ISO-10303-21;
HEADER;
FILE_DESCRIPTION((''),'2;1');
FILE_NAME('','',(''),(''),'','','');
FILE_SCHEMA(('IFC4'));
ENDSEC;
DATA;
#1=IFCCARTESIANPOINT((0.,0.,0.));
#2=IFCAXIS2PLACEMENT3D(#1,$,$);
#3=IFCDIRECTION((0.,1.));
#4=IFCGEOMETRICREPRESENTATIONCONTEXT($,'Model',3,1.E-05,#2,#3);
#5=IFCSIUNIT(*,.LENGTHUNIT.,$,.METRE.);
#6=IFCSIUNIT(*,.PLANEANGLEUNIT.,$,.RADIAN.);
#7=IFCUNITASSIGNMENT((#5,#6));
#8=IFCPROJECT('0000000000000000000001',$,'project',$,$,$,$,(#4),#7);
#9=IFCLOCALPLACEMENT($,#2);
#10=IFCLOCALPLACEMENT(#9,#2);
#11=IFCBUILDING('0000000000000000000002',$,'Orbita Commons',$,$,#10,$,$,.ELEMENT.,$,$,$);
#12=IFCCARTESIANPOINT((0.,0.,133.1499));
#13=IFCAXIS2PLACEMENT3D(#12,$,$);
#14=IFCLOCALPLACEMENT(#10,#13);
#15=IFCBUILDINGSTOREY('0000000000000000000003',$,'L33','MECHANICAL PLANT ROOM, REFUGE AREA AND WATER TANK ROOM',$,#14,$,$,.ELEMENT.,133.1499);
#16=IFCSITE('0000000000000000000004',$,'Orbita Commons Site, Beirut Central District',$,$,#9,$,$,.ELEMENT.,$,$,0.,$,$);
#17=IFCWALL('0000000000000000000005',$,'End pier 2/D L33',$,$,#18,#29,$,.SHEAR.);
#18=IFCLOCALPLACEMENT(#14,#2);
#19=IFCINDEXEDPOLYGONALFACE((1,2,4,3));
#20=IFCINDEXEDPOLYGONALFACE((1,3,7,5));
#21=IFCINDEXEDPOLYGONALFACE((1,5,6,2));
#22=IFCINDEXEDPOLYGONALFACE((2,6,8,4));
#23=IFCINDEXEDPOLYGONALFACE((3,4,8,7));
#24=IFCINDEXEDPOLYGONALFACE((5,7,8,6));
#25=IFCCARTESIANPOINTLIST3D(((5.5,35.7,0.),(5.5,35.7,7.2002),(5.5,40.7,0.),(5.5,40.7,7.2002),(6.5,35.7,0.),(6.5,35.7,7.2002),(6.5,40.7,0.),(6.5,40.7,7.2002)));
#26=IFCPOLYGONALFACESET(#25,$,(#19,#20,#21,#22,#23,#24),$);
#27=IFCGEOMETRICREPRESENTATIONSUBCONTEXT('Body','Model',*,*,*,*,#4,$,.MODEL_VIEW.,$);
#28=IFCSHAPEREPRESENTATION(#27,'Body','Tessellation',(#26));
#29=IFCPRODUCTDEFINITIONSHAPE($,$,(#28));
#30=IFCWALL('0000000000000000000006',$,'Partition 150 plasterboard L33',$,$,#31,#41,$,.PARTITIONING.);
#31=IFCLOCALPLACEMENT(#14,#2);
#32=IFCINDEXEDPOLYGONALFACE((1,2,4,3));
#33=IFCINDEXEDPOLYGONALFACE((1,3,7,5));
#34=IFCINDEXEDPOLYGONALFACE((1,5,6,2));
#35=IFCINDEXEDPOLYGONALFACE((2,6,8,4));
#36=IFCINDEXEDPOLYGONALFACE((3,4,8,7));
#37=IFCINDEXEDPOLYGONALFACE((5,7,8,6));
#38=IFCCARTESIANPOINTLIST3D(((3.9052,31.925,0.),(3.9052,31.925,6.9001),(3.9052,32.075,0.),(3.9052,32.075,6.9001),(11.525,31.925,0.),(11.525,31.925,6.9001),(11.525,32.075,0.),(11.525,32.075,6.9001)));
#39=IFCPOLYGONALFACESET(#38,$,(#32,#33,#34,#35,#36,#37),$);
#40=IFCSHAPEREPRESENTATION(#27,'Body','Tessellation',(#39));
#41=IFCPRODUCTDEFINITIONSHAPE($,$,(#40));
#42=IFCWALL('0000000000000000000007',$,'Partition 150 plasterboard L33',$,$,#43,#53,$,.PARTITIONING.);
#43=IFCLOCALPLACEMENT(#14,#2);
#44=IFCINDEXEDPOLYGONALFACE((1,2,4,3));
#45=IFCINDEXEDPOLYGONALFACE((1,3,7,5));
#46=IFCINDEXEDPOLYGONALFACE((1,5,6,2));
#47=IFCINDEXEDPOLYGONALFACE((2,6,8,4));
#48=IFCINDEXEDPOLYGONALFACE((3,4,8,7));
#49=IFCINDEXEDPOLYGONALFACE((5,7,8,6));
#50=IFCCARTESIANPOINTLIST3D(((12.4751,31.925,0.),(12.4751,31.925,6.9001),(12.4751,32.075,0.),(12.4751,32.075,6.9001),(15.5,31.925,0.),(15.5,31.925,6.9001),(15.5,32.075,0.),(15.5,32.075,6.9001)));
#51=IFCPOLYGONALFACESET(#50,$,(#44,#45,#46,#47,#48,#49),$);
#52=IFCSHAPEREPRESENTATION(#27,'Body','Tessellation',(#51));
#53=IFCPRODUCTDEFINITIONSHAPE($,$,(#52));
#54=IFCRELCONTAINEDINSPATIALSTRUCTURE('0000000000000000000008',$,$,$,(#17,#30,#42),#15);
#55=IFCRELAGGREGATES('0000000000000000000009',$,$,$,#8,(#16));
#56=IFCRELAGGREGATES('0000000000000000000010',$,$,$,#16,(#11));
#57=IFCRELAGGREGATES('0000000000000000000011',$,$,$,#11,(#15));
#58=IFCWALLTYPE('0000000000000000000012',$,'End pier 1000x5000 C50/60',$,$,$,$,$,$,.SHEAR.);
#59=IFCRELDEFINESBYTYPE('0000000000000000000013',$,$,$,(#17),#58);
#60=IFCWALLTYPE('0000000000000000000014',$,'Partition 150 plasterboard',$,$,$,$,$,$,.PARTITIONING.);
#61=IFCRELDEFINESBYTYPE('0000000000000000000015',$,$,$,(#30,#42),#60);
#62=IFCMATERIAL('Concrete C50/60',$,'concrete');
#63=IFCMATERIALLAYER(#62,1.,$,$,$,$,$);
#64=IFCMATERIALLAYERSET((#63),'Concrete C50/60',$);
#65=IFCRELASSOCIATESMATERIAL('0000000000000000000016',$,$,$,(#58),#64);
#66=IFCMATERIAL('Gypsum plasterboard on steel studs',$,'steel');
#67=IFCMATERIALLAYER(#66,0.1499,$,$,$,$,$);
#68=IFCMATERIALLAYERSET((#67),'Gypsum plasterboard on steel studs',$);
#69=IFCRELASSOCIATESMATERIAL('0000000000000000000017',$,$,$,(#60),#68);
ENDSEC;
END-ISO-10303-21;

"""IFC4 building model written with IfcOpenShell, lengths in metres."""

from ifc_helpers import new_model, si_unit, direction, frame, frame_2d, origin, place, context, subcontext, project, spatial, rectangle, extrude, material, layer, layer_set, type_object, element, save


model = new_model("IFC4")

# Units and contexts
model_context = context("Model", 3, precision=1e-05, world=origin(), true_north=direction((0.0, 1.0)))
body_context = subcontext(model_context, "Body", "Model", "MODEL_VIEW")
ifc_project = project(units=[si_unit("LENGTHUNIT", "METRE"), si_unit("PLANEANGLEUNIT", "RADIAN")], contexts=[model_context])

# Site, building, storey
site_placement = place(None, origin())
site = spatial("IfcSite", under=ifc_project, at=site_placement, Name="Orbita Commons Site, Beirut Central District", CompositionType="ELEMENT", RefElevation=0.0)
building_placement = place(site_placement, origin())
building = spatial("IfcBuilding", under=site, at=building_placement, Name="Orbita Commons", CompositionType="ELEMENT")
storey_placement = place(building_placement, frame((0.0, 0.0, 133.1499)))
storey = spatial("IfcBuildingStorey", under=building, at=storey_placement, Name="L33", Description="MECHANICAL PLANT ROOM, REFUGE AREA AND WATER TANK ROOM", CompositionType="ELEMENT", Elevation=133.1499)

# Walls
ifc_material_1 = material(Name="Concrete C50/60", Category="concrete")
ifc_layer_1 = layer(ifc_material_1, 1.0)
ifc_layer_set_1 = layer_set([ifc_layer_1], Name="Concrete C50/60")
wall_type_1 = type_object("IfcWallType", Name="End pier 1000x5000 C50/60", PredefinedType="SHEAR", material=ifc_layer_set_1)
wall_1_placement = place(storey_placement, frame((6.0, 35.7, 0.0), z_axis=(0.0, 0.0, 1.0), x_axis=(0.0, 1.0, 0.0)))
element("IfcWall", 1, at=wall_1_placement, inside=storey, type_object=wall_type_1, Name="End pier 2/D L33", PredefinedType="SHEAR", context=body_context, shape_type="SweptSolid", body=[
    extrude(rectangle(XDim=5.0, YDim=1.0, at=frame_2d((2.5, 0.0))), origin(), (0.0, 0.0, 1.0), 7.2002),
])
ifc_material_2 = material(Name="Gypsum plasterboard on steel studs", Category="steel")
ifc_layer_2 = layer(ifc_material_2, 0.1499)
ifc_layer_set_2 = layer_set([ifc_layer_2], Name="Gypsum plasterboard on steel studs")
wall_type_2 = type_object("IfcWallType", Name="Partition 150 plasterboard", PredefinedType="PARTITIONING", material=ifc_layer_set_2)
wall_2_placement = place(storey_placement, frame((3.905, 32.0, 0.0), z_axis=(0.0, 0.0, 1.0), x_axis=(1.0, 0.0, 0.0)))
element("IfcWall", 2, at=wall_2_placement, inside=storey, type_object=wall_type_2, Name="Partition 150 plasterboard L33", PredefinedType="PARTITIONING", context=body_context, shape_type="SweptSolid", body=[
    extrude(rectangle(XDim=7.6199, YDim=0.1499, at=frame_2d((3.8101, 0.0))), origin(), (0.0, 0.0, 1.0), 6.9001),
])
wall_3_placement = place(storey_placement, frame((12.4751, 32.0, 0.0), z_axis=(0.0, 0.0, 1.0), x_axis=(1.0, 0.0, 0.0)))
element("IfcWall", 3, at=wall_3_placement, inside=storey, type_object=wall_type_2, Name="Partition 150 plasterboard L33", PredefinedType="PARTITIONING", context=body_context, shape_type="SweptSolid", body=[
    extrude(rectangle(XDim=3.0249, YDim=0.1499, at=frame_2d((1.5125, 0.0))), origin(), (0.0, 0.0, 1.0), 6.9001),
])

save(model, "model.ifc")
